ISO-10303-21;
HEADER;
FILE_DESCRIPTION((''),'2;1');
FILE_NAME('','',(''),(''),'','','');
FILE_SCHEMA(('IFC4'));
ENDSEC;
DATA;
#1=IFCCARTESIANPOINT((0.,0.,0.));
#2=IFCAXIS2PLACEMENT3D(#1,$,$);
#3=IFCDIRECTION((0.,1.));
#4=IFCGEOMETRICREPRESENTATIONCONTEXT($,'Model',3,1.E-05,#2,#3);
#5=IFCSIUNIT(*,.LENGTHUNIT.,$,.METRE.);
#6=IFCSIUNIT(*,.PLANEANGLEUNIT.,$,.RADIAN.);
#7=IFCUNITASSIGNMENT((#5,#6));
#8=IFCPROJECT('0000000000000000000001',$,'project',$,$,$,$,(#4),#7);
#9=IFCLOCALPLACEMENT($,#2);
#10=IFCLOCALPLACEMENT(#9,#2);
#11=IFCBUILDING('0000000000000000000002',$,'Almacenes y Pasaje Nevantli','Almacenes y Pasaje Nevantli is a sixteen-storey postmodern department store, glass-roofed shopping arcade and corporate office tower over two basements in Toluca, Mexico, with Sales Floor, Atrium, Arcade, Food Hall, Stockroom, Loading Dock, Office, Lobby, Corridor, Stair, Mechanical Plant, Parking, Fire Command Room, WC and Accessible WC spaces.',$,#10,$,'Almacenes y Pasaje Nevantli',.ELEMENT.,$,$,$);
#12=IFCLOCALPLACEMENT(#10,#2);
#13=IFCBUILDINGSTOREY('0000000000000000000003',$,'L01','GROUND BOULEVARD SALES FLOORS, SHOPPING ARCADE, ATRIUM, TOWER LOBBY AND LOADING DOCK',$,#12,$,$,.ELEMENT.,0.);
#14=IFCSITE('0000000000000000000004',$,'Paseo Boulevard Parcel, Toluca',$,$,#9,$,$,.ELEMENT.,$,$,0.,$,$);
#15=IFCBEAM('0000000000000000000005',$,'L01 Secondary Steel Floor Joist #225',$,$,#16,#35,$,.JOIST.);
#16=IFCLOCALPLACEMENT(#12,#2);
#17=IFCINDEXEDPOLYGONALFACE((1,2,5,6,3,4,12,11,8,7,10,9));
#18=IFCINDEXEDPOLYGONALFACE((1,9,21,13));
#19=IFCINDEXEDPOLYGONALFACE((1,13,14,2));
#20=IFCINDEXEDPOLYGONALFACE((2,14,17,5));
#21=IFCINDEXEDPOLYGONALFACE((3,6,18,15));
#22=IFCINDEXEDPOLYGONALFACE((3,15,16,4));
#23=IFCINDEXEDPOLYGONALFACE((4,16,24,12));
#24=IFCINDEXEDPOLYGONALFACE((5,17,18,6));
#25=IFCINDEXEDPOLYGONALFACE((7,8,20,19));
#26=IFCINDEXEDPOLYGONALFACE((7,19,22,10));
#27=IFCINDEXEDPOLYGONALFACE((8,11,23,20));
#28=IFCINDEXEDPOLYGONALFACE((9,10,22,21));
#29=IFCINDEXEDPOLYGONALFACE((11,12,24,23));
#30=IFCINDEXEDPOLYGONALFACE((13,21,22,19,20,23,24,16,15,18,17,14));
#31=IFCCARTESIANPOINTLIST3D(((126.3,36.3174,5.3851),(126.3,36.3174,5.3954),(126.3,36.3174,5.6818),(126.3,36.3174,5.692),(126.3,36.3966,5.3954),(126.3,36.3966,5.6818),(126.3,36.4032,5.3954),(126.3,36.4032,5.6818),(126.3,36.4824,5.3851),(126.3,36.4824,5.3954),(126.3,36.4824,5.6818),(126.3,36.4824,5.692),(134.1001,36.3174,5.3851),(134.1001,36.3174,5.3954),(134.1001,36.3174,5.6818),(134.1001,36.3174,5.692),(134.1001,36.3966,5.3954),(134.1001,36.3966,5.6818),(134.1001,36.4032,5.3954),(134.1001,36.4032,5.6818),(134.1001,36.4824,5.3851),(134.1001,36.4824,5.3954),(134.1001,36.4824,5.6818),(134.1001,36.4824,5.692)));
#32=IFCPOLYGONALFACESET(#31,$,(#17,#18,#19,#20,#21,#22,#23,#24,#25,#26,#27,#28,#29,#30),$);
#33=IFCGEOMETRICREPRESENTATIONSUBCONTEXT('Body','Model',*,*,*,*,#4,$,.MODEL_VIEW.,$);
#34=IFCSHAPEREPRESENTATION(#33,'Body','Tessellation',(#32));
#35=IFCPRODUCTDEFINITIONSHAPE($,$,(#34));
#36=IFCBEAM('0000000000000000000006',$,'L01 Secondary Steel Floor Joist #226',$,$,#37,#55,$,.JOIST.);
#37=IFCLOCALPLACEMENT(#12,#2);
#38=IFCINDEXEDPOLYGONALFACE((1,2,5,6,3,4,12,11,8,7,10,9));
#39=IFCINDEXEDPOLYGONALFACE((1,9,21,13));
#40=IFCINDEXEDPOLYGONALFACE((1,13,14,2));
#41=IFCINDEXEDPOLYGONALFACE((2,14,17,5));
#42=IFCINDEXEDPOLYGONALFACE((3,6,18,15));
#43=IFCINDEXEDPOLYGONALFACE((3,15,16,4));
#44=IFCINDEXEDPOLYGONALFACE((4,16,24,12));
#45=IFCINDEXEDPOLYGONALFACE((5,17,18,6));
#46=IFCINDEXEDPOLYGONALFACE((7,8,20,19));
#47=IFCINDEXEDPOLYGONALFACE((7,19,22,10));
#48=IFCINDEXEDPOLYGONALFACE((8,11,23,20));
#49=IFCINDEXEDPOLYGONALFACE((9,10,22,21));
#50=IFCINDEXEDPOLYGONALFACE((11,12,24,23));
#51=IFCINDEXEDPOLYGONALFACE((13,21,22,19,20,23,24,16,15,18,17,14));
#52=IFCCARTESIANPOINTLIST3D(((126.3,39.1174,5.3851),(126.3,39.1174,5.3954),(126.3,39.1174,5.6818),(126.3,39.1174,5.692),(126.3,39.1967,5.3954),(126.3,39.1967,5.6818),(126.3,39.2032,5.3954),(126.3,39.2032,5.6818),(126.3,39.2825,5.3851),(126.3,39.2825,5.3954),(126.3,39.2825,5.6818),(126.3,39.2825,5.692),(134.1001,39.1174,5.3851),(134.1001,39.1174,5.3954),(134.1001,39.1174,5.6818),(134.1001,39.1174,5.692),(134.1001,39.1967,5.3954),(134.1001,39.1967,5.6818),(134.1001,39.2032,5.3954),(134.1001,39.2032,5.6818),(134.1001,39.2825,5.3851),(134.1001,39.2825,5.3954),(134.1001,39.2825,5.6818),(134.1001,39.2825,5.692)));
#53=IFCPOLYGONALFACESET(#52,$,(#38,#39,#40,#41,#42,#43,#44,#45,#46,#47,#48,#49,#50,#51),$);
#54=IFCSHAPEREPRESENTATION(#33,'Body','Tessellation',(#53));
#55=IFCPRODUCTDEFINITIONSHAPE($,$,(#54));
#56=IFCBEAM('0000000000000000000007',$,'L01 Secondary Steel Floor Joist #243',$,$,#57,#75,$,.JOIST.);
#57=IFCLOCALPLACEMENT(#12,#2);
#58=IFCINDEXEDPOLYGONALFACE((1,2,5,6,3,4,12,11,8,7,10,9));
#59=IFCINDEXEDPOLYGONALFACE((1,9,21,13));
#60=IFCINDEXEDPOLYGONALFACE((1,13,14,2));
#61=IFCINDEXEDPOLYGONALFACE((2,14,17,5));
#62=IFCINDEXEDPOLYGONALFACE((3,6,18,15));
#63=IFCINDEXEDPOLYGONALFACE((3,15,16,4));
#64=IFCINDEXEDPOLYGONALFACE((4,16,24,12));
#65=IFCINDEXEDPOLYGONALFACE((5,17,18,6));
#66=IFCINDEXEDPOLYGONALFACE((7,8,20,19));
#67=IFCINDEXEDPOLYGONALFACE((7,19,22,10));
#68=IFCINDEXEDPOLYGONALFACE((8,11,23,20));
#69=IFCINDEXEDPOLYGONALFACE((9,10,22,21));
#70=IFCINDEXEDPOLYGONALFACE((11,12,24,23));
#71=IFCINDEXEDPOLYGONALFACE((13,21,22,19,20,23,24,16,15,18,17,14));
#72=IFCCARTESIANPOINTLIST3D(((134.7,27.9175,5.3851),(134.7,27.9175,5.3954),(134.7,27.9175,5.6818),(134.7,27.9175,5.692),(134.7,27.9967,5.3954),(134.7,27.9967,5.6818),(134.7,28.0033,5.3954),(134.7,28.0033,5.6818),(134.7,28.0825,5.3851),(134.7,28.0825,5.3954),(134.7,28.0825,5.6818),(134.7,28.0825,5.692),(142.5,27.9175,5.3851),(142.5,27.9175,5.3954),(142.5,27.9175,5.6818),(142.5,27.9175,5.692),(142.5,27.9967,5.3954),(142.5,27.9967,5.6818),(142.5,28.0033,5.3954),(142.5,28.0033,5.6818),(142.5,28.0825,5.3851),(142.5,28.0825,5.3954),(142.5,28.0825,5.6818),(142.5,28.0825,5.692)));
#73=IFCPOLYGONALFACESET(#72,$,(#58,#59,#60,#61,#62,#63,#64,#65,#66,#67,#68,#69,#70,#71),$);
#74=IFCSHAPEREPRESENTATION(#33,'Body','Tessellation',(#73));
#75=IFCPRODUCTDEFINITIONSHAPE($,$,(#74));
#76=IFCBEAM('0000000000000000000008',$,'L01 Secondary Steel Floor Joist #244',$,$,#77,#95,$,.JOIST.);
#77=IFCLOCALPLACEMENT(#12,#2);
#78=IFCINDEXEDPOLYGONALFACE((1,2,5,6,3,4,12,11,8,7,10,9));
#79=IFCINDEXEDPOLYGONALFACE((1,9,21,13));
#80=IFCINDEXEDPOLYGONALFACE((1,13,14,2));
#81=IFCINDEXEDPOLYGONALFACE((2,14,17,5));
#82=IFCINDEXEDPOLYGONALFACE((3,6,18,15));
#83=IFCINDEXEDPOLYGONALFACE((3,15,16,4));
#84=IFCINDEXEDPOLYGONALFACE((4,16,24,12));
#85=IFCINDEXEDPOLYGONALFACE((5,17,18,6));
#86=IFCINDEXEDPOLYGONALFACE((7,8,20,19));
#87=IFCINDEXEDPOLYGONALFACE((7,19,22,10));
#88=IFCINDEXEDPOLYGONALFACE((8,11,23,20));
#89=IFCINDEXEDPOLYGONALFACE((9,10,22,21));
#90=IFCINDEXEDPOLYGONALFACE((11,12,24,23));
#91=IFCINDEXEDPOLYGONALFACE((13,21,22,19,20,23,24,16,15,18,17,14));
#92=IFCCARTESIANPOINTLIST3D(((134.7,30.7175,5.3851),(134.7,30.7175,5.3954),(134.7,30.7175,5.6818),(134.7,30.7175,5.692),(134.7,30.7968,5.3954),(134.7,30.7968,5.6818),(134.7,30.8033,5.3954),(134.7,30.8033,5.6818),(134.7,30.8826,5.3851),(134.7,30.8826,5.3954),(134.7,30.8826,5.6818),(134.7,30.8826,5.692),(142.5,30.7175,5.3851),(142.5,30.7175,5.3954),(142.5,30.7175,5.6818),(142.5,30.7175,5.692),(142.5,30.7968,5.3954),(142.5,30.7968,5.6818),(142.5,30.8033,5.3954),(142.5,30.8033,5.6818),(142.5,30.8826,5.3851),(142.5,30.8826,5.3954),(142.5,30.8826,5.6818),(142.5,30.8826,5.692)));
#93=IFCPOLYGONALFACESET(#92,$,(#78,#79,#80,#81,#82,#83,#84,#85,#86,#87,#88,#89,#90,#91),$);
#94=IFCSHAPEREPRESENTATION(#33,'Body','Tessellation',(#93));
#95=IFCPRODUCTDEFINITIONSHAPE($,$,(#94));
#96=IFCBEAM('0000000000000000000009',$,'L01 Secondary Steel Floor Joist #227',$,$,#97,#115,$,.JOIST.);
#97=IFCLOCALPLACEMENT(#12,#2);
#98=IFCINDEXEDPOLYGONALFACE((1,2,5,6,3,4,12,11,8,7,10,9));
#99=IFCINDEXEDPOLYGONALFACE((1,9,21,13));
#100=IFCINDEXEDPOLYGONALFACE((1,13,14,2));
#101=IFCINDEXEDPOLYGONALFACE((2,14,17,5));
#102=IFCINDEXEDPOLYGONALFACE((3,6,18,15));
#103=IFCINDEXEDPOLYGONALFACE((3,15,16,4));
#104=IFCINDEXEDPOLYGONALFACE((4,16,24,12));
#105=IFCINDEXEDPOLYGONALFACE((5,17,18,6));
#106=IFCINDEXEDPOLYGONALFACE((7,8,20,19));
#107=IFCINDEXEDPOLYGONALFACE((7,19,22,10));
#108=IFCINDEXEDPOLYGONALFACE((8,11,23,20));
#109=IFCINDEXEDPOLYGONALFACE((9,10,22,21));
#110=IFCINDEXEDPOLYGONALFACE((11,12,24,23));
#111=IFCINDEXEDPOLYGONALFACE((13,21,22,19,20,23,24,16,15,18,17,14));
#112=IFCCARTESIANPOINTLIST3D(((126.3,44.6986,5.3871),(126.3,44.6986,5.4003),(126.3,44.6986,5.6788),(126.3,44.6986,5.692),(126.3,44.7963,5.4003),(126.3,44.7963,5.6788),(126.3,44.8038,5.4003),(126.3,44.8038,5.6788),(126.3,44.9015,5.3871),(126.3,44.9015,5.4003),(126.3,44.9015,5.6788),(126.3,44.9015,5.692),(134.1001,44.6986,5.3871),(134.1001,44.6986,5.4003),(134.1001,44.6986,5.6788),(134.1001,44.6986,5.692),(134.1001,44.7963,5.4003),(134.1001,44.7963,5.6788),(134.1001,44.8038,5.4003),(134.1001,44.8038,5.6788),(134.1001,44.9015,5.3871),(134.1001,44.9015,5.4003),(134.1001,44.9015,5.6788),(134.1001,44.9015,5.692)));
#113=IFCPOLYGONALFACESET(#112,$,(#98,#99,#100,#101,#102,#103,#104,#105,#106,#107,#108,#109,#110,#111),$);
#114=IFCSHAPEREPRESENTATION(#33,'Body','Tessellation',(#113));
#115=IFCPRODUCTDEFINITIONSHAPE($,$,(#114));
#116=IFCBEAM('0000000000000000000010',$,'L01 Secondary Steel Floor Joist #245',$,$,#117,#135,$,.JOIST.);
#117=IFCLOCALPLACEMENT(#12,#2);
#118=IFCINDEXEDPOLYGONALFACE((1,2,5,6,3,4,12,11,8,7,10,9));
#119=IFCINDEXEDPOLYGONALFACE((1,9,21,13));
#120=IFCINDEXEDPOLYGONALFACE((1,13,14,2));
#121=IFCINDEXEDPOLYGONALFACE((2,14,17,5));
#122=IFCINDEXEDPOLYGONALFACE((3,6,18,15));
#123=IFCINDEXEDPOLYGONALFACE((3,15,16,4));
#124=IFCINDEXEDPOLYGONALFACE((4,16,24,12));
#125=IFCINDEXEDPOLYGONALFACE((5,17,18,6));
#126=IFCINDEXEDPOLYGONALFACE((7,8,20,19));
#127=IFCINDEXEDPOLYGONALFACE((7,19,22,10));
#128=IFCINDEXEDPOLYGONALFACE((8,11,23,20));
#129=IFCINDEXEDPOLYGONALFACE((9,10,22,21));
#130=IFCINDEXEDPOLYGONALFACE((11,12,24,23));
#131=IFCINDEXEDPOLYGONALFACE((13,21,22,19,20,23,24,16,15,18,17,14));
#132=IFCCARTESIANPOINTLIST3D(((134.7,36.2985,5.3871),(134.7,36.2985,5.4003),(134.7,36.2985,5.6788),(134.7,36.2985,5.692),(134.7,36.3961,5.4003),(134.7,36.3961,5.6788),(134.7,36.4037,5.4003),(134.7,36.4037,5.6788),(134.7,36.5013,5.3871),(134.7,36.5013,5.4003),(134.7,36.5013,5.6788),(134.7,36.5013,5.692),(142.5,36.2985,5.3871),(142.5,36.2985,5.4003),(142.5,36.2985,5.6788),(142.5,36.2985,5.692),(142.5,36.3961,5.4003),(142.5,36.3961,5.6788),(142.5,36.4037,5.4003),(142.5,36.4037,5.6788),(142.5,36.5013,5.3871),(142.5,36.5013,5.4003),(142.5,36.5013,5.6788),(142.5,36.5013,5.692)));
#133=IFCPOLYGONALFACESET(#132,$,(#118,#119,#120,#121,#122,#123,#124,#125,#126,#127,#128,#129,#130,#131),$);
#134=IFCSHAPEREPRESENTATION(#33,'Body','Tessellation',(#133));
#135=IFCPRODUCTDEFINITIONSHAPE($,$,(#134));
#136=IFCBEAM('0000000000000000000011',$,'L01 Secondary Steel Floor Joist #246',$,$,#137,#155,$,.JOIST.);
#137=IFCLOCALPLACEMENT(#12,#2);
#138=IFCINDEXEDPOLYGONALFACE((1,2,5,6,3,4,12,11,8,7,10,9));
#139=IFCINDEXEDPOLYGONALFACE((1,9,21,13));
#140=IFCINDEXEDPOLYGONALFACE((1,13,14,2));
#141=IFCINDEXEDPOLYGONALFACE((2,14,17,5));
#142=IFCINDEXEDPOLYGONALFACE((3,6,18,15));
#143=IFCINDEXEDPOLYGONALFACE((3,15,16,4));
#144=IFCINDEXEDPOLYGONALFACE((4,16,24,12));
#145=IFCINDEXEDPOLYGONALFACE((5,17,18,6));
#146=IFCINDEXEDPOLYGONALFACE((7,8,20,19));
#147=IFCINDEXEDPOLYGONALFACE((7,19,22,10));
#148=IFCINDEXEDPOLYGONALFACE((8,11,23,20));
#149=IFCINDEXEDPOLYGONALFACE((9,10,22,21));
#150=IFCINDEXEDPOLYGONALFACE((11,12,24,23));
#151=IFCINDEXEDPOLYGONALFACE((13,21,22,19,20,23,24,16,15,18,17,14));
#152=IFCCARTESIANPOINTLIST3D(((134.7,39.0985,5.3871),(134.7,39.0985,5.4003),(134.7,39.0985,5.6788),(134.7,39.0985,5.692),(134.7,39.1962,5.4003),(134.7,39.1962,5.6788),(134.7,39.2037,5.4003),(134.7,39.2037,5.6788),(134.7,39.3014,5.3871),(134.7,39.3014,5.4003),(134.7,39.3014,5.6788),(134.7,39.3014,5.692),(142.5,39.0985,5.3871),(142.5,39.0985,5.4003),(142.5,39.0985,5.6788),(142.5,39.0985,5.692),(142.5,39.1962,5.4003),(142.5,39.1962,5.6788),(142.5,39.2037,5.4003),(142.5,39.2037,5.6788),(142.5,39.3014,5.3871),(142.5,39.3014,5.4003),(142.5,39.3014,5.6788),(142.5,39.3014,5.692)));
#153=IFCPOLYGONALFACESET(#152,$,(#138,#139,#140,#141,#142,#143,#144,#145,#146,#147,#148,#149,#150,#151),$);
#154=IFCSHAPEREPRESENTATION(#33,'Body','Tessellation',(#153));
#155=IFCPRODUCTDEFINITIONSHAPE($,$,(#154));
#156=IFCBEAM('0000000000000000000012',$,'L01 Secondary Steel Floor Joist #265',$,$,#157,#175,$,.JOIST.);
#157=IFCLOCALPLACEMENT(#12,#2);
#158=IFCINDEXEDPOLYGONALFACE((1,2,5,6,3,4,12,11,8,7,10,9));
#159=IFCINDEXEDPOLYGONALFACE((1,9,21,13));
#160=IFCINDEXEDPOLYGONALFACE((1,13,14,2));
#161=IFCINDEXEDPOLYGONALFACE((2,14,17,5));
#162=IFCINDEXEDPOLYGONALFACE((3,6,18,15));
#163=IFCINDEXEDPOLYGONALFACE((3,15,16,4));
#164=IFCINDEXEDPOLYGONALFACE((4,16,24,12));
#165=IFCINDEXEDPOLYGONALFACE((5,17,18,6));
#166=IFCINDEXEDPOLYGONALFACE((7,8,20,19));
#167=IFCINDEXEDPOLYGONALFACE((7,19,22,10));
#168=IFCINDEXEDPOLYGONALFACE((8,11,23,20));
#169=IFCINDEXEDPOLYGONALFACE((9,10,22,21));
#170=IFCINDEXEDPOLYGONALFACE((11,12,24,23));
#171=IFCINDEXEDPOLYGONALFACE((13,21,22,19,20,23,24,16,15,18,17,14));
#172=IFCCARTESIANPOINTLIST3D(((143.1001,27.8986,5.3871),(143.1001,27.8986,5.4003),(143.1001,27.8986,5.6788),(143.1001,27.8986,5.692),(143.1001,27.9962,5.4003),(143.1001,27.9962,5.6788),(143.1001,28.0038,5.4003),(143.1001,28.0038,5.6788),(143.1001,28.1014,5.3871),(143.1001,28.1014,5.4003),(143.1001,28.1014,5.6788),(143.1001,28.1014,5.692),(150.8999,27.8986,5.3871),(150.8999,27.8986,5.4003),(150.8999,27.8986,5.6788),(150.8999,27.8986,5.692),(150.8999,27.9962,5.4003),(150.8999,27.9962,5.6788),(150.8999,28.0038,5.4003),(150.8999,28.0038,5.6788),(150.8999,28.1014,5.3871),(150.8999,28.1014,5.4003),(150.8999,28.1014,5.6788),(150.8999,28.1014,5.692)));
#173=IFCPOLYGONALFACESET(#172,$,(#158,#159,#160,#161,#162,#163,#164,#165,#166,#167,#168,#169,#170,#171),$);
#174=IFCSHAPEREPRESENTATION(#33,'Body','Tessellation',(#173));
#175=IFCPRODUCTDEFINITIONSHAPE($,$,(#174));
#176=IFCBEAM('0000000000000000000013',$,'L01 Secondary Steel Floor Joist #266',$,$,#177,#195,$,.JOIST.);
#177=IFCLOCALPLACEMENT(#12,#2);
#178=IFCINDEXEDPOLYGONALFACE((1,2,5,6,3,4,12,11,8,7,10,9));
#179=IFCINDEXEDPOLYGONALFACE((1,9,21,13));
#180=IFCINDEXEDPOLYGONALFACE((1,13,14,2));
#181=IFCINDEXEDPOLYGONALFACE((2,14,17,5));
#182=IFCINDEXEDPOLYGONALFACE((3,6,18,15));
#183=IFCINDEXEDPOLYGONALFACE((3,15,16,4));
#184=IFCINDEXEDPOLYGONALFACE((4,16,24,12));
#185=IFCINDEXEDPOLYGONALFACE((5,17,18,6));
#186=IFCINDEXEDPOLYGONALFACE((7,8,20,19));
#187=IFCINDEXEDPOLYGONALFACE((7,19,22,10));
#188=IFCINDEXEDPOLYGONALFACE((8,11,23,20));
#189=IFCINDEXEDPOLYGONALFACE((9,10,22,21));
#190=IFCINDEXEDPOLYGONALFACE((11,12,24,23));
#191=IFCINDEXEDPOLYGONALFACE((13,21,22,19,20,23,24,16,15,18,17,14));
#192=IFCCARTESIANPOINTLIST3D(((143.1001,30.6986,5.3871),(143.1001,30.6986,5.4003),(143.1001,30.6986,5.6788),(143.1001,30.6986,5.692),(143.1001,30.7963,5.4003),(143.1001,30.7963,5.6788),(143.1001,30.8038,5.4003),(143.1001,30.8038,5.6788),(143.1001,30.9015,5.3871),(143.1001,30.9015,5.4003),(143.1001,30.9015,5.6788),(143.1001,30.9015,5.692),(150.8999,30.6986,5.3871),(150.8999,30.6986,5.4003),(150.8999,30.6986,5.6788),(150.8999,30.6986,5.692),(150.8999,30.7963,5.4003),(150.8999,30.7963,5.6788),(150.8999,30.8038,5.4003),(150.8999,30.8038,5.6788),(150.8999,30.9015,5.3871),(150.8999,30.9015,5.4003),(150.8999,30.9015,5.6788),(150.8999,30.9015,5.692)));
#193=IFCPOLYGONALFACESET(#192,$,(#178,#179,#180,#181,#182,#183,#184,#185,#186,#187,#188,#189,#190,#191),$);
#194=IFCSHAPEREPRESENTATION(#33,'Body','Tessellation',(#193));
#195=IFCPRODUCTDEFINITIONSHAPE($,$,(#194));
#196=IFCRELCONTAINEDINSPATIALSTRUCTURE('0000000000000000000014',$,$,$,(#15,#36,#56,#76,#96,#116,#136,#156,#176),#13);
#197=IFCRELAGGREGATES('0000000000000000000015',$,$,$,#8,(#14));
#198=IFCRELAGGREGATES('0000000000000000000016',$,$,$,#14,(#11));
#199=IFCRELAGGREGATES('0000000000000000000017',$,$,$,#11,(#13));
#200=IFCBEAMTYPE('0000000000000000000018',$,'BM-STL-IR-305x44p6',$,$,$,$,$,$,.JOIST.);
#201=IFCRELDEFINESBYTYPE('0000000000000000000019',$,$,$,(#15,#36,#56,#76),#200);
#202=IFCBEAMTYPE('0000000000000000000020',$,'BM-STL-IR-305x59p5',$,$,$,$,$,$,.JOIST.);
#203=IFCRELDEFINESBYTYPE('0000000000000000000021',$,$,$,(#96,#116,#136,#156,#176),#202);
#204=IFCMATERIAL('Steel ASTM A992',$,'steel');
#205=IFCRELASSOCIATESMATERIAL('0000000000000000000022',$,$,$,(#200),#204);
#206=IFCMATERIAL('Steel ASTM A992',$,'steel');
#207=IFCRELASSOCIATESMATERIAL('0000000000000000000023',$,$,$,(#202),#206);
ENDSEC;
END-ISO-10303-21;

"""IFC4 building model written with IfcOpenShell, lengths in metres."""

from ifc_helpers import new_model, si_unit, direction, frame, origin, origin_2d, place, context, subcontext, project, spatial, i_section, extrude, material, material_profile, profile_set, type_object, element, save


model = new_model("IFC4")

# Units and contexts
model_context = context("Model", 3, precision=1e-05, world=origin(), true_north=direction((0.0, 1.0)))
body_context = subcontext(model_context, "Body", "Model", "MODEL_VIEW")
ifc_project = project(units=[si_unit("LENGTHUNIT", "METRE"), si_unit("PLANEANGLEUNIT", "RADIAN")], contexts=[model_context])

# Site, building, storey
site_placement = place(None, origin())
site = spatial("IfcSite", under=ifc_project, at=site_placement, Name="Paseo Boulevard Parcel, Toluca", CompositionType="ELEMENT", RefElevation=0.0)
building_placement = place(site_placement, origin())
building = spatial("IfcBuilding", under=site, at=building_placement, Name="Almacenes y Pasaje Nevantli", Description="Almacenes y Pasaje Nevantli is a sixteen-storey postmodern department store, glass-roofed shopping arcade and corporate office tower over two basements in Toluca, Mexico, with Sales Floor, Atrium, Arcade, Food Hall, Stockroom, Loading Dock, Office, Lobby, Corridor, Stair, Mechanical Plant, Parking, Fire Command Room, WC and Accessible WC spaces.", LongName="Almacenes y Pasaje Nevantli", CompositionType="ELEMENT")
storey_placement = place(building_placement, origin())
storey = spatial("IfcBuildingStorey", under=building, at=storey_placement, Name="L01", Description="GROUND BOULEVARD SALES FLOORS, SHOPPING ARCADE, ATRIUM, TOWER LOBBY AND LOADING DOCK", CompositionType="ELEMENT", Elevation=0.0)

# Beams
ifc_material_1 = material(Name="Steel ASTM A992", Category="steel")
ifc_material_profile_1 = material_profile(ifc_material_1, i_section(OverallWidth=0.165, OverallDepth=0.3069, WebThickness=0.0066, FlangeThickness=0.0103, at=origin_2d()), Name="IR 305x44.6")
ifc_profile_set_1 = profile_set([ifc_material_profile_1], Name="Steel ASTM A992")
beam_type_1 = type_object("IfcBeamType", Name="BM-STL-IR-305x44p6", PredefinedType="JOIST", material=ifc_profile_set_1)
for number, where, z_axis, x_axis, name in (
    (1, (126.3, 36.3999, 5.5386), (1.0, 0.0, 0.0), (0.0, 1.0, 0.0), "L01 Secondary Steel Floor Joist #225"),
    (2, (126.3, 39.2, 5.5386), (1.0, 0.0, 0.0), (0.0, 1.0, 0.0), "L01 Secondary Steel Floor Joist #226"),
    (3, (134.7, 28.0, 5.5386), (1.0, 0.0, 0.0), (0.0, 1.0, 0.0), "L01 Secondary Steel Floor Joist #243"),
    (4, (134.7, 30.8, 5.5386), (1.0, 0.0, 0.0), (0.0, 1.0, 0.0), "L01 Secondary Steel Floor Joist #244"),
):
    element("IfcBeam", number, at=place(storey_placement, frame(where, z_axis=z_axis, x_axis=x_axis)), inside=storey, type_object=beam_type_1, Name=name, PredefinedType="JOIST", context=body_context, shape_type="SweptSolid", body=[
        extrude(i_section(OverallWidth=0.165, OverallDepth=0.3069, WebThickness=0.0066, FlangeThickness=0.0103, at=origin_2d()), origin(), (0.0, 0.0, 1.0), 7.8),
    ])
ifc_material_2 = material(Name="Steel ASTM A992", Category="steel")
ifc_material_profile_2 = material_profile(ifc_material_2, i_section(OverallWidth=0.2029, OverallDepth=0.3049, WebThickness=0.0076, FlangeThickness=0.0132, at=origin_2d()), Name="IR 305x59.5")
ifc_profile_set_2 = profile_set([ifc_material_profile_2], Name="Steel ASTM A992")
beam_type_2 = type_object("IfcBeamType", Name="BM-STL-IR-305x59p5", PredefinedType="JOIST", material=ifc_profile_set_2)
for number, where, z_axis, x_axis, name in (
    (5, (126.3, 44.8, 5.5396), (1.0, 0.0, 0.0), (0.0, 1.0, 0.0), "L01 Secondary Steel Floor Joist #227"),
    (6, (134.7, 36.3999, 5.5396), (1.0, 0.0, 0.0), (0.0, 1.0, 0.0), "L01 Secondary Steel Floor Joist #245"),
    (7, (134.7, 39.2, 5.5396), (1.0, 0.0, 0.0), (0.0, 1.0, 0.0), "L01 Secondary Steel Floor Joist #246"),
):
    element("IfcBeam", number, at=place(storey_placement, frame(where, z_axis=z_axis, x_axis=x_axis)), inside=storey, type_object=beam_type_2, Name=name, PredefinedType="JOIST", context=body_context, shape_type="SweptSolid", body=[
        extrude(i_section(OverallWidth=0.2029, OverallDepth=0.3049, WebThickness=0.0076, FlangeThickness=0.0132, at=origin_2d()), origin(), (0.0, 0.0, 1.0), 7.8),
    ])
for number, where, z_axis, x_axis, name in (
    (8, (143.1001, 28.0, 5.5396), (1.0, 0.0, 0.0), (0.0, 1.0, 0.0), "L01 Secondary Steel Floor Joist #265"),
    (9, (143.1001, 30.8, 5.5396), (1.0, 0.0, 0.0), (0.0, 1.0, 0.0), "L01 Secondary Steel Floor Joist #266"),
):
    element("IfcBeam", number, at=place(storey_placement, frame(where, z_axis=z_axis, x_axis=x_axis)), inside=storey, type_object=beam_type_2, Name=name, PredefinedType="JOIST", context=body_context, shape_type="SweptSolid", body=[
        extrude(i_section(OverallWidth=0.2029, OverallDepth=0.3049, WebThickness=0.0076, FlangeThickness=0.0132, at=origin_2d()), origin(), (0.0, 0.0, 1.0), 7.7998),
    ])

save(model, "model.ifc")
